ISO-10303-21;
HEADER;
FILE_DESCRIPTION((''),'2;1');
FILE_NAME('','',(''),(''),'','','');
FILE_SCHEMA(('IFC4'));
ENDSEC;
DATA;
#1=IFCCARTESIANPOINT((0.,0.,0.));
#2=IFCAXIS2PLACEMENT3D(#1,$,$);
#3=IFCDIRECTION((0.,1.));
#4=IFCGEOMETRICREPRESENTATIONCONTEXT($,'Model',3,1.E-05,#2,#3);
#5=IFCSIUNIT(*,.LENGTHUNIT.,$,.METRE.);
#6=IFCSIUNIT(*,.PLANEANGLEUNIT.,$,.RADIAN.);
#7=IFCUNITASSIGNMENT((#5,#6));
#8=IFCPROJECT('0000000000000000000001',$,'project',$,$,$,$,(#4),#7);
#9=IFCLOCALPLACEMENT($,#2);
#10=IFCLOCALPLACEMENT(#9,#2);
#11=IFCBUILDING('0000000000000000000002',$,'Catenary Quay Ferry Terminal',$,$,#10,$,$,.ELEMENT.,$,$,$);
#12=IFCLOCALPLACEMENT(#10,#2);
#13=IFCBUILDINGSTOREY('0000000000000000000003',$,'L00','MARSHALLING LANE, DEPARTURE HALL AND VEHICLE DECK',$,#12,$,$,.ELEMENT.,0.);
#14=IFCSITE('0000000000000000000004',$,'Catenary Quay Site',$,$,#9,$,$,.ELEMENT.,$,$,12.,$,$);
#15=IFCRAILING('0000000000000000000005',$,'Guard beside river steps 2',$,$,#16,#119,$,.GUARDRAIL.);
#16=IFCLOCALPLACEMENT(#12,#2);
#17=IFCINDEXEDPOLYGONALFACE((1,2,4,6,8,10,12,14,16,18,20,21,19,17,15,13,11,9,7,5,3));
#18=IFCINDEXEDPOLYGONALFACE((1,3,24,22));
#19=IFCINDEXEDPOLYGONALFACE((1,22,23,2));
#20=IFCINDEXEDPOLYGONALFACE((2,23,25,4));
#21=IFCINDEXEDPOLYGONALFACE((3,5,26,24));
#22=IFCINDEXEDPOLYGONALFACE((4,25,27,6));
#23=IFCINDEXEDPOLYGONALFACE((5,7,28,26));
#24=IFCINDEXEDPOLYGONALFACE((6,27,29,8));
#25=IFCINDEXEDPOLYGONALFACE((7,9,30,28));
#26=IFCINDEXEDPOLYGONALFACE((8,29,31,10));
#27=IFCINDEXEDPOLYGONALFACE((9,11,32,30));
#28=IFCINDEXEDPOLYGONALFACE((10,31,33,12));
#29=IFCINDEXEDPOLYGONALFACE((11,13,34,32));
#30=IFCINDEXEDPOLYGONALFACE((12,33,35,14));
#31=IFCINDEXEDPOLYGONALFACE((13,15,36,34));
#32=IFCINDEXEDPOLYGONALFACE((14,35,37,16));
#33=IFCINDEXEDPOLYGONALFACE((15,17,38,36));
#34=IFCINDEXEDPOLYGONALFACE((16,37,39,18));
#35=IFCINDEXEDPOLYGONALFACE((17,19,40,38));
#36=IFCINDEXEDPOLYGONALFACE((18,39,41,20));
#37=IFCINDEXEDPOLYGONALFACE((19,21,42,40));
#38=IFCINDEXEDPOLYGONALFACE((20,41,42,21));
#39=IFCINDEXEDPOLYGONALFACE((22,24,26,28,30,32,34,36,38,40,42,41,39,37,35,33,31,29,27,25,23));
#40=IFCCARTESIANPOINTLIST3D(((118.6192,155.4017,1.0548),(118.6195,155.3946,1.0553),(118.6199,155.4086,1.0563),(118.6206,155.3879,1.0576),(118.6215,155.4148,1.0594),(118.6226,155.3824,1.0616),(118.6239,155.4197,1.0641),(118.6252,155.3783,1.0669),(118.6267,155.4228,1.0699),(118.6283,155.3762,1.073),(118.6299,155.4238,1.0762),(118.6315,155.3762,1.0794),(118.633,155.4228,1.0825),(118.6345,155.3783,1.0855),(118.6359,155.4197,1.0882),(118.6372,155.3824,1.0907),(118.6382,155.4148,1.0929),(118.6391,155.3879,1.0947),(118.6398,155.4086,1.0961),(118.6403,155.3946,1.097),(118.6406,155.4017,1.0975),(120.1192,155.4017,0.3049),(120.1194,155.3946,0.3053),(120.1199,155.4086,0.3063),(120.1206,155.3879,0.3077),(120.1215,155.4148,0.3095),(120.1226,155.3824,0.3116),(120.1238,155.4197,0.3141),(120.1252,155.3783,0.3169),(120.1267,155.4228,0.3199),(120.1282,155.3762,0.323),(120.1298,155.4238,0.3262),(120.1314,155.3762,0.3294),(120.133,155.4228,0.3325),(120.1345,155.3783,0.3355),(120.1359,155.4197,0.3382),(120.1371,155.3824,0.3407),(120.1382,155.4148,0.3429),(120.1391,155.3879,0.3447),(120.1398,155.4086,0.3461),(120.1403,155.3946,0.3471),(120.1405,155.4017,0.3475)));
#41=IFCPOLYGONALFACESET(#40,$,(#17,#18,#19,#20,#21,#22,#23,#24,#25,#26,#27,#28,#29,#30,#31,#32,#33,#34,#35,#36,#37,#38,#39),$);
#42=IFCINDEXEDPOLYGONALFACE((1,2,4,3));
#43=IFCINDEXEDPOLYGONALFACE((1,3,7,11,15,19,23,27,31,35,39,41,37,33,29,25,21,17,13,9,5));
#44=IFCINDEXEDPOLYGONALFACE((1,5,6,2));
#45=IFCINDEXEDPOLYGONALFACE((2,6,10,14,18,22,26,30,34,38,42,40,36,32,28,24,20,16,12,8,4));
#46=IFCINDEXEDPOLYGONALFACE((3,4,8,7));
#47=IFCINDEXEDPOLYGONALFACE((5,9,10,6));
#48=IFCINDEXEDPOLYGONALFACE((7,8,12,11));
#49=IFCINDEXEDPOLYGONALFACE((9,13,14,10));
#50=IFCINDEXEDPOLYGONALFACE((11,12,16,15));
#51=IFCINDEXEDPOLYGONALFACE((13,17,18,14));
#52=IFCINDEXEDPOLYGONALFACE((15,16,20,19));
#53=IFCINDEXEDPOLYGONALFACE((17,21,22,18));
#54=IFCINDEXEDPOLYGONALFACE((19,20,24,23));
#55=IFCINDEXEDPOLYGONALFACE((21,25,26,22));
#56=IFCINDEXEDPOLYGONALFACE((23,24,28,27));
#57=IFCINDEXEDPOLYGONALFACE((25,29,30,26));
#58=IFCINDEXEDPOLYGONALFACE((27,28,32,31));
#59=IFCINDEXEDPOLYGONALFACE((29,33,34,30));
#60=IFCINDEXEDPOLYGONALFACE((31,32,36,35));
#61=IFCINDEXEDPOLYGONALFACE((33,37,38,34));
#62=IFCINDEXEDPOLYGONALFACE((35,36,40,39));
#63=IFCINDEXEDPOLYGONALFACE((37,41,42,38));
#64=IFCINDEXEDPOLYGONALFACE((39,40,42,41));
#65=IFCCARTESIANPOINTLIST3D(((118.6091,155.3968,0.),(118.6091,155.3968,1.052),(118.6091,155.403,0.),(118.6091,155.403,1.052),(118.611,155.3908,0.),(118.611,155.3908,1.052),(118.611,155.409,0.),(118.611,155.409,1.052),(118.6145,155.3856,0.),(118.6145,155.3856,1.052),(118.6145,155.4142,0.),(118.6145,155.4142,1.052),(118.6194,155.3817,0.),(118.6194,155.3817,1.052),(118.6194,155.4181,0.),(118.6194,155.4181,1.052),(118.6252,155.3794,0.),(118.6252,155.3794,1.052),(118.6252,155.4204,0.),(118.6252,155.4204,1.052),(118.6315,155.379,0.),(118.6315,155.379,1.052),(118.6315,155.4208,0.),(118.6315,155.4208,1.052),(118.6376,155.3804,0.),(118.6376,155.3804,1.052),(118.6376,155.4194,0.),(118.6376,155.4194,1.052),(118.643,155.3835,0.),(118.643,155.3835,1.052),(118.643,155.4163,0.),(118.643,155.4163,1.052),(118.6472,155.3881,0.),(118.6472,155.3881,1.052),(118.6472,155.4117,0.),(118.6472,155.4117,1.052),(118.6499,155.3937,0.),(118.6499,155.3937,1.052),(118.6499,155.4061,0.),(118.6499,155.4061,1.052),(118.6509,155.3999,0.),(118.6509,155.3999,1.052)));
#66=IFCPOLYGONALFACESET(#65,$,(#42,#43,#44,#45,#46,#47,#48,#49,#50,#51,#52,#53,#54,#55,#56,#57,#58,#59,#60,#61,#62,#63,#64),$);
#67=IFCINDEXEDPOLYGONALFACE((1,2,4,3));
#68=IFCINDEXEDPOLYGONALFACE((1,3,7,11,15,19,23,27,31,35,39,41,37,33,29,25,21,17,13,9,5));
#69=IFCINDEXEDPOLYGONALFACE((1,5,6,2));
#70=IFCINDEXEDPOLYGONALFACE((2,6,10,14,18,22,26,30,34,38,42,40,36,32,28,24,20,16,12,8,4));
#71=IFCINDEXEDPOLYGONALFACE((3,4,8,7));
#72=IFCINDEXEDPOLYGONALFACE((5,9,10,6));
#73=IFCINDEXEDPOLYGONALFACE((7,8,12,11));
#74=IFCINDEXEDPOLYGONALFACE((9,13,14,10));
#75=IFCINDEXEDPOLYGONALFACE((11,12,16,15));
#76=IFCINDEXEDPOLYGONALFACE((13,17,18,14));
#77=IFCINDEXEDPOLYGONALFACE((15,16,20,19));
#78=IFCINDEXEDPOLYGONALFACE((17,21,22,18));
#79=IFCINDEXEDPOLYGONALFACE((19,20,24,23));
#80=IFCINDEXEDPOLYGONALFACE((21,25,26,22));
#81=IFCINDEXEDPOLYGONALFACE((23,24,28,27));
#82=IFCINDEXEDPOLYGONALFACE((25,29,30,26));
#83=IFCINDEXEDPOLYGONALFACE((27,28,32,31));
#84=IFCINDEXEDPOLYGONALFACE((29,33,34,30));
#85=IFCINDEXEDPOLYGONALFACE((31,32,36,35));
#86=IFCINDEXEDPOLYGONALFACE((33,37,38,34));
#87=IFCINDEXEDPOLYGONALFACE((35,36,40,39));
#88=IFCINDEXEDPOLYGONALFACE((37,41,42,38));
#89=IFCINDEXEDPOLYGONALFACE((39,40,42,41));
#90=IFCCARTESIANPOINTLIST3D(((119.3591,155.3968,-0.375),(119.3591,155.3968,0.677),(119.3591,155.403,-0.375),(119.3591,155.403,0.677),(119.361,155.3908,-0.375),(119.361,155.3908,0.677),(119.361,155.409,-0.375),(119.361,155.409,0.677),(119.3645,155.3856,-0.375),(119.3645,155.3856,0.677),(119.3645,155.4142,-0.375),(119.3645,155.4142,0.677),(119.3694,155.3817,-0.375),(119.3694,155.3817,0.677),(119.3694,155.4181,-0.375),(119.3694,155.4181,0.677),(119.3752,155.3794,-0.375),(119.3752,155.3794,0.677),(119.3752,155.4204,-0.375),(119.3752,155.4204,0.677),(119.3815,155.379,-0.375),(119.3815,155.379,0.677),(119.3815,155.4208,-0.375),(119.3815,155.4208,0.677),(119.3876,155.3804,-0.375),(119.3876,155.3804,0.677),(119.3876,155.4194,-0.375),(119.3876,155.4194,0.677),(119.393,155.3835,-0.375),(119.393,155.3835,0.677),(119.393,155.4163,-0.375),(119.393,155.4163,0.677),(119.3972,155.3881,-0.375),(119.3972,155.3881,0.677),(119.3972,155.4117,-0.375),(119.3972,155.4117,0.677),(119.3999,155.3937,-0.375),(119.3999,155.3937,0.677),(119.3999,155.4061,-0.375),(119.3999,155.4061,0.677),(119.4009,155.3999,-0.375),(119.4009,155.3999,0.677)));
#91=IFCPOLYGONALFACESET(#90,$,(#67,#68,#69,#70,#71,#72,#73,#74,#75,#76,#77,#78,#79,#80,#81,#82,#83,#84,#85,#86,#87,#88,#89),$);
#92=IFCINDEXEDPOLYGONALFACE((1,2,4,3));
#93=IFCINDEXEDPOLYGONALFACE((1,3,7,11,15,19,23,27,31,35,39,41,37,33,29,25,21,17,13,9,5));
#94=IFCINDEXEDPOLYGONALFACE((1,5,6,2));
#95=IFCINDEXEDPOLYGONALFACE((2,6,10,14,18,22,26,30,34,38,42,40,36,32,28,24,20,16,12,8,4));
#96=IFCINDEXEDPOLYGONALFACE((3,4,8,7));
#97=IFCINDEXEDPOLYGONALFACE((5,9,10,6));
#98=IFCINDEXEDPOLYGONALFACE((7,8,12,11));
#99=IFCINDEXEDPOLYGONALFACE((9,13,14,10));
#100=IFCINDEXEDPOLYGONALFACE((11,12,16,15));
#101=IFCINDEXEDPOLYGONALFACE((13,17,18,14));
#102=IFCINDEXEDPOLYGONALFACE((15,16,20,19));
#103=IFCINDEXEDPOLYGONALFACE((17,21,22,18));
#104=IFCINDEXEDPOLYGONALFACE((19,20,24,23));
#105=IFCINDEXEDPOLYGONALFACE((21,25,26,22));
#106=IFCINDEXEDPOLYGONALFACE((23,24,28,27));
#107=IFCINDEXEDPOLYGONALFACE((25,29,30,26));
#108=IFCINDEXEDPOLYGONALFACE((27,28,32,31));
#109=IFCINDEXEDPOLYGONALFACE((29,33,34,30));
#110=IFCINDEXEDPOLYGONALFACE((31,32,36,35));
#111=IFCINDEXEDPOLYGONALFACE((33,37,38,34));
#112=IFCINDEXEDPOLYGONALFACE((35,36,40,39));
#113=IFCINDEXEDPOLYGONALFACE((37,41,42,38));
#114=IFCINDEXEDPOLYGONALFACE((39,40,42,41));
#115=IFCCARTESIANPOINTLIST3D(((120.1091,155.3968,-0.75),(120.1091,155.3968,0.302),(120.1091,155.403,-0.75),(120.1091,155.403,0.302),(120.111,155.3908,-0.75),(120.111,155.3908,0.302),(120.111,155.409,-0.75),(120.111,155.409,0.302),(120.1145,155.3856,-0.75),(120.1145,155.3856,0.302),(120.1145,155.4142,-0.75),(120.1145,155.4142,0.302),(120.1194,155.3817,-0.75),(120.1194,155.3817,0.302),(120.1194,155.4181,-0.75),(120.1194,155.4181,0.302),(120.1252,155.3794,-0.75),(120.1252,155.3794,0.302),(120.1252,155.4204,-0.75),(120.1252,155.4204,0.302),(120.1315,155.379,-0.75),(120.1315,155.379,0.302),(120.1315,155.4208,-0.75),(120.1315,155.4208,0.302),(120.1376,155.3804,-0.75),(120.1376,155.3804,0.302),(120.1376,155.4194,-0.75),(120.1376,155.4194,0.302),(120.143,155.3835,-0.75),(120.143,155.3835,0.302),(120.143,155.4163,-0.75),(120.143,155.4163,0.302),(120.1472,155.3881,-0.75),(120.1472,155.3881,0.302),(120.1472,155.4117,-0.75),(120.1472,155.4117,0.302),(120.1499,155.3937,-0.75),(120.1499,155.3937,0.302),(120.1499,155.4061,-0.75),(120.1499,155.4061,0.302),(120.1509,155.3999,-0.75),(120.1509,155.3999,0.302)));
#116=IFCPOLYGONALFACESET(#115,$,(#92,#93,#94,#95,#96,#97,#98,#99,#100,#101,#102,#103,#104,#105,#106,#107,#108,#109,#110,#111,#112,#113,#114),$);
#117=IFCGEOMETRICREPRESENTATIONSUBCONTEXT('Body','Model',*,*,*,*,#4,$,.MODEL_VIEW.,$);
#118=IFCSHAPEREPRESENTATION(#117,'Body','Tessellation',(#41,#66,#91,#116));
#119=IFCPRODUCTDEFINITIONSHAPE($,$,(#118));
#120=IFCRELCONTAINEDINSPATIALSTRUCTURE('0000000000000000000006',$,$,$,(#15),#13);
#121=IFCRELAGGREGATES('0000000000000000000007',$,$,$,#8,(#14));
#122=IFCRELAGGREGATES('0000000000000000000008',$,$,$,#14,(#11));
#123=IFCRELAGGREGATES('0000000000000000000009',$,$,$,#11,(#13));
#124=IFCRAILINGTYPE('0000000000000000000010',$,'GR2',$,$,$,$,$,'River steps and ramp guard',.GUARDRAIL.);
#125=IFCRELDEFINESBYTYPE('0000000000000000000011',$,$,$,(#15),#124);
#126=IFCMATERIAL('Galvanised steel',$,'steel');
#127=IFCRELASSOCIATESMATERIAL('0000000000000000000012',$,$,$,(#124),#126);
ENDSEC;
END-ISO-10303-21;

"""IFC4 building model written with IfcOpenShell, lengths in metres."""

from ifc_helpers import new_model, si_unit, direction, frame, origin, origin_2d, place, context, subcontext, project, spatial, circle, extrude, material, type_object, element, save


model = new_model("IFC4")

# Units and contexts
model_context = context("Model", 3, precision=1e-05, world=origin(), true_north=direction((0.0, 1.0)))
body_context = subcontext(model_context, "Body", "Model", "MODEL_VIEW")
ifc_project = project(units=[si_unit("LENGTHUNIT", "METRE"), si_unit("PLANEANGLEUNIT", "RADIAN")], contexts=[model_context])

# Site, building, storey
site_placement = place(None, origin())
site = spatial("IfcSite", under=ifc_project, at=site_placement, Name="Catenary Quay Site", CompositionType="ELEMENT", RefElevation=12.0)
building_placement = place(site_placement, origin())
building = spatial("IfcBuilding", under=site, at=building_placement, Name="Catenary Quay Ferry Terminal", CompositionType="ELEMENT")
storey_placement = place(building_placement, origin())
storey = spatial("IfcBuildingStorey", under=building, at=storey_placement, Name="L00", Description="MARSHALLING LANE, DEPARTURE HALL AND VEHICLE DECK", CompositionType="ELEMENT", Elevation=0.0)

# Railing
ifc_material_1 = material(Name="Galvanised steel", Category="steel")
railing_type_1 = type_object("IfcRailingType", Name="GR2", ElementType="River steps and ramp guard", PredefinedType="GUARDRAIL", material=ifc_material_1)
railing_placement = place(storey_placement, frame((118.6299, 155.3999, 0.0)))
element("IfcRailing", 1, at=railing_placement, inside=storey, type_object=railing_type_1, Name="Guard beside river steps 2", PredefinedType="GUARDRAIL", context=body_context, shape_type="SweptSolid", body=[
    extrude(circle(Radius=0.0239, at=origin_2d()), frame((0.0, 0.0, 1.0762), z_axis=(0.894427, 0.0, -0.447214), x_axis=(0.0, 1.0, 0.0)), (0.0, 0.0, 1.0), 1.677),
    extrude(circle(Radius=0.021, at=origin_2d()), origin(), (0.0, 0.0, 1.0), 1.052),
    extrude(circle(Radius=0.021, at=origin_2d()), frame((0.75, 0.0, -0.375)), (0.0, 0.0, 1.0), 1.052),
    extrude(circle(Radius=0.021, at=origin_2d()), frame((1.5, 0.0, -0.75)), (0.0, 0.0, 1.0), 1.052),
])

save(model, "model.ifc")
